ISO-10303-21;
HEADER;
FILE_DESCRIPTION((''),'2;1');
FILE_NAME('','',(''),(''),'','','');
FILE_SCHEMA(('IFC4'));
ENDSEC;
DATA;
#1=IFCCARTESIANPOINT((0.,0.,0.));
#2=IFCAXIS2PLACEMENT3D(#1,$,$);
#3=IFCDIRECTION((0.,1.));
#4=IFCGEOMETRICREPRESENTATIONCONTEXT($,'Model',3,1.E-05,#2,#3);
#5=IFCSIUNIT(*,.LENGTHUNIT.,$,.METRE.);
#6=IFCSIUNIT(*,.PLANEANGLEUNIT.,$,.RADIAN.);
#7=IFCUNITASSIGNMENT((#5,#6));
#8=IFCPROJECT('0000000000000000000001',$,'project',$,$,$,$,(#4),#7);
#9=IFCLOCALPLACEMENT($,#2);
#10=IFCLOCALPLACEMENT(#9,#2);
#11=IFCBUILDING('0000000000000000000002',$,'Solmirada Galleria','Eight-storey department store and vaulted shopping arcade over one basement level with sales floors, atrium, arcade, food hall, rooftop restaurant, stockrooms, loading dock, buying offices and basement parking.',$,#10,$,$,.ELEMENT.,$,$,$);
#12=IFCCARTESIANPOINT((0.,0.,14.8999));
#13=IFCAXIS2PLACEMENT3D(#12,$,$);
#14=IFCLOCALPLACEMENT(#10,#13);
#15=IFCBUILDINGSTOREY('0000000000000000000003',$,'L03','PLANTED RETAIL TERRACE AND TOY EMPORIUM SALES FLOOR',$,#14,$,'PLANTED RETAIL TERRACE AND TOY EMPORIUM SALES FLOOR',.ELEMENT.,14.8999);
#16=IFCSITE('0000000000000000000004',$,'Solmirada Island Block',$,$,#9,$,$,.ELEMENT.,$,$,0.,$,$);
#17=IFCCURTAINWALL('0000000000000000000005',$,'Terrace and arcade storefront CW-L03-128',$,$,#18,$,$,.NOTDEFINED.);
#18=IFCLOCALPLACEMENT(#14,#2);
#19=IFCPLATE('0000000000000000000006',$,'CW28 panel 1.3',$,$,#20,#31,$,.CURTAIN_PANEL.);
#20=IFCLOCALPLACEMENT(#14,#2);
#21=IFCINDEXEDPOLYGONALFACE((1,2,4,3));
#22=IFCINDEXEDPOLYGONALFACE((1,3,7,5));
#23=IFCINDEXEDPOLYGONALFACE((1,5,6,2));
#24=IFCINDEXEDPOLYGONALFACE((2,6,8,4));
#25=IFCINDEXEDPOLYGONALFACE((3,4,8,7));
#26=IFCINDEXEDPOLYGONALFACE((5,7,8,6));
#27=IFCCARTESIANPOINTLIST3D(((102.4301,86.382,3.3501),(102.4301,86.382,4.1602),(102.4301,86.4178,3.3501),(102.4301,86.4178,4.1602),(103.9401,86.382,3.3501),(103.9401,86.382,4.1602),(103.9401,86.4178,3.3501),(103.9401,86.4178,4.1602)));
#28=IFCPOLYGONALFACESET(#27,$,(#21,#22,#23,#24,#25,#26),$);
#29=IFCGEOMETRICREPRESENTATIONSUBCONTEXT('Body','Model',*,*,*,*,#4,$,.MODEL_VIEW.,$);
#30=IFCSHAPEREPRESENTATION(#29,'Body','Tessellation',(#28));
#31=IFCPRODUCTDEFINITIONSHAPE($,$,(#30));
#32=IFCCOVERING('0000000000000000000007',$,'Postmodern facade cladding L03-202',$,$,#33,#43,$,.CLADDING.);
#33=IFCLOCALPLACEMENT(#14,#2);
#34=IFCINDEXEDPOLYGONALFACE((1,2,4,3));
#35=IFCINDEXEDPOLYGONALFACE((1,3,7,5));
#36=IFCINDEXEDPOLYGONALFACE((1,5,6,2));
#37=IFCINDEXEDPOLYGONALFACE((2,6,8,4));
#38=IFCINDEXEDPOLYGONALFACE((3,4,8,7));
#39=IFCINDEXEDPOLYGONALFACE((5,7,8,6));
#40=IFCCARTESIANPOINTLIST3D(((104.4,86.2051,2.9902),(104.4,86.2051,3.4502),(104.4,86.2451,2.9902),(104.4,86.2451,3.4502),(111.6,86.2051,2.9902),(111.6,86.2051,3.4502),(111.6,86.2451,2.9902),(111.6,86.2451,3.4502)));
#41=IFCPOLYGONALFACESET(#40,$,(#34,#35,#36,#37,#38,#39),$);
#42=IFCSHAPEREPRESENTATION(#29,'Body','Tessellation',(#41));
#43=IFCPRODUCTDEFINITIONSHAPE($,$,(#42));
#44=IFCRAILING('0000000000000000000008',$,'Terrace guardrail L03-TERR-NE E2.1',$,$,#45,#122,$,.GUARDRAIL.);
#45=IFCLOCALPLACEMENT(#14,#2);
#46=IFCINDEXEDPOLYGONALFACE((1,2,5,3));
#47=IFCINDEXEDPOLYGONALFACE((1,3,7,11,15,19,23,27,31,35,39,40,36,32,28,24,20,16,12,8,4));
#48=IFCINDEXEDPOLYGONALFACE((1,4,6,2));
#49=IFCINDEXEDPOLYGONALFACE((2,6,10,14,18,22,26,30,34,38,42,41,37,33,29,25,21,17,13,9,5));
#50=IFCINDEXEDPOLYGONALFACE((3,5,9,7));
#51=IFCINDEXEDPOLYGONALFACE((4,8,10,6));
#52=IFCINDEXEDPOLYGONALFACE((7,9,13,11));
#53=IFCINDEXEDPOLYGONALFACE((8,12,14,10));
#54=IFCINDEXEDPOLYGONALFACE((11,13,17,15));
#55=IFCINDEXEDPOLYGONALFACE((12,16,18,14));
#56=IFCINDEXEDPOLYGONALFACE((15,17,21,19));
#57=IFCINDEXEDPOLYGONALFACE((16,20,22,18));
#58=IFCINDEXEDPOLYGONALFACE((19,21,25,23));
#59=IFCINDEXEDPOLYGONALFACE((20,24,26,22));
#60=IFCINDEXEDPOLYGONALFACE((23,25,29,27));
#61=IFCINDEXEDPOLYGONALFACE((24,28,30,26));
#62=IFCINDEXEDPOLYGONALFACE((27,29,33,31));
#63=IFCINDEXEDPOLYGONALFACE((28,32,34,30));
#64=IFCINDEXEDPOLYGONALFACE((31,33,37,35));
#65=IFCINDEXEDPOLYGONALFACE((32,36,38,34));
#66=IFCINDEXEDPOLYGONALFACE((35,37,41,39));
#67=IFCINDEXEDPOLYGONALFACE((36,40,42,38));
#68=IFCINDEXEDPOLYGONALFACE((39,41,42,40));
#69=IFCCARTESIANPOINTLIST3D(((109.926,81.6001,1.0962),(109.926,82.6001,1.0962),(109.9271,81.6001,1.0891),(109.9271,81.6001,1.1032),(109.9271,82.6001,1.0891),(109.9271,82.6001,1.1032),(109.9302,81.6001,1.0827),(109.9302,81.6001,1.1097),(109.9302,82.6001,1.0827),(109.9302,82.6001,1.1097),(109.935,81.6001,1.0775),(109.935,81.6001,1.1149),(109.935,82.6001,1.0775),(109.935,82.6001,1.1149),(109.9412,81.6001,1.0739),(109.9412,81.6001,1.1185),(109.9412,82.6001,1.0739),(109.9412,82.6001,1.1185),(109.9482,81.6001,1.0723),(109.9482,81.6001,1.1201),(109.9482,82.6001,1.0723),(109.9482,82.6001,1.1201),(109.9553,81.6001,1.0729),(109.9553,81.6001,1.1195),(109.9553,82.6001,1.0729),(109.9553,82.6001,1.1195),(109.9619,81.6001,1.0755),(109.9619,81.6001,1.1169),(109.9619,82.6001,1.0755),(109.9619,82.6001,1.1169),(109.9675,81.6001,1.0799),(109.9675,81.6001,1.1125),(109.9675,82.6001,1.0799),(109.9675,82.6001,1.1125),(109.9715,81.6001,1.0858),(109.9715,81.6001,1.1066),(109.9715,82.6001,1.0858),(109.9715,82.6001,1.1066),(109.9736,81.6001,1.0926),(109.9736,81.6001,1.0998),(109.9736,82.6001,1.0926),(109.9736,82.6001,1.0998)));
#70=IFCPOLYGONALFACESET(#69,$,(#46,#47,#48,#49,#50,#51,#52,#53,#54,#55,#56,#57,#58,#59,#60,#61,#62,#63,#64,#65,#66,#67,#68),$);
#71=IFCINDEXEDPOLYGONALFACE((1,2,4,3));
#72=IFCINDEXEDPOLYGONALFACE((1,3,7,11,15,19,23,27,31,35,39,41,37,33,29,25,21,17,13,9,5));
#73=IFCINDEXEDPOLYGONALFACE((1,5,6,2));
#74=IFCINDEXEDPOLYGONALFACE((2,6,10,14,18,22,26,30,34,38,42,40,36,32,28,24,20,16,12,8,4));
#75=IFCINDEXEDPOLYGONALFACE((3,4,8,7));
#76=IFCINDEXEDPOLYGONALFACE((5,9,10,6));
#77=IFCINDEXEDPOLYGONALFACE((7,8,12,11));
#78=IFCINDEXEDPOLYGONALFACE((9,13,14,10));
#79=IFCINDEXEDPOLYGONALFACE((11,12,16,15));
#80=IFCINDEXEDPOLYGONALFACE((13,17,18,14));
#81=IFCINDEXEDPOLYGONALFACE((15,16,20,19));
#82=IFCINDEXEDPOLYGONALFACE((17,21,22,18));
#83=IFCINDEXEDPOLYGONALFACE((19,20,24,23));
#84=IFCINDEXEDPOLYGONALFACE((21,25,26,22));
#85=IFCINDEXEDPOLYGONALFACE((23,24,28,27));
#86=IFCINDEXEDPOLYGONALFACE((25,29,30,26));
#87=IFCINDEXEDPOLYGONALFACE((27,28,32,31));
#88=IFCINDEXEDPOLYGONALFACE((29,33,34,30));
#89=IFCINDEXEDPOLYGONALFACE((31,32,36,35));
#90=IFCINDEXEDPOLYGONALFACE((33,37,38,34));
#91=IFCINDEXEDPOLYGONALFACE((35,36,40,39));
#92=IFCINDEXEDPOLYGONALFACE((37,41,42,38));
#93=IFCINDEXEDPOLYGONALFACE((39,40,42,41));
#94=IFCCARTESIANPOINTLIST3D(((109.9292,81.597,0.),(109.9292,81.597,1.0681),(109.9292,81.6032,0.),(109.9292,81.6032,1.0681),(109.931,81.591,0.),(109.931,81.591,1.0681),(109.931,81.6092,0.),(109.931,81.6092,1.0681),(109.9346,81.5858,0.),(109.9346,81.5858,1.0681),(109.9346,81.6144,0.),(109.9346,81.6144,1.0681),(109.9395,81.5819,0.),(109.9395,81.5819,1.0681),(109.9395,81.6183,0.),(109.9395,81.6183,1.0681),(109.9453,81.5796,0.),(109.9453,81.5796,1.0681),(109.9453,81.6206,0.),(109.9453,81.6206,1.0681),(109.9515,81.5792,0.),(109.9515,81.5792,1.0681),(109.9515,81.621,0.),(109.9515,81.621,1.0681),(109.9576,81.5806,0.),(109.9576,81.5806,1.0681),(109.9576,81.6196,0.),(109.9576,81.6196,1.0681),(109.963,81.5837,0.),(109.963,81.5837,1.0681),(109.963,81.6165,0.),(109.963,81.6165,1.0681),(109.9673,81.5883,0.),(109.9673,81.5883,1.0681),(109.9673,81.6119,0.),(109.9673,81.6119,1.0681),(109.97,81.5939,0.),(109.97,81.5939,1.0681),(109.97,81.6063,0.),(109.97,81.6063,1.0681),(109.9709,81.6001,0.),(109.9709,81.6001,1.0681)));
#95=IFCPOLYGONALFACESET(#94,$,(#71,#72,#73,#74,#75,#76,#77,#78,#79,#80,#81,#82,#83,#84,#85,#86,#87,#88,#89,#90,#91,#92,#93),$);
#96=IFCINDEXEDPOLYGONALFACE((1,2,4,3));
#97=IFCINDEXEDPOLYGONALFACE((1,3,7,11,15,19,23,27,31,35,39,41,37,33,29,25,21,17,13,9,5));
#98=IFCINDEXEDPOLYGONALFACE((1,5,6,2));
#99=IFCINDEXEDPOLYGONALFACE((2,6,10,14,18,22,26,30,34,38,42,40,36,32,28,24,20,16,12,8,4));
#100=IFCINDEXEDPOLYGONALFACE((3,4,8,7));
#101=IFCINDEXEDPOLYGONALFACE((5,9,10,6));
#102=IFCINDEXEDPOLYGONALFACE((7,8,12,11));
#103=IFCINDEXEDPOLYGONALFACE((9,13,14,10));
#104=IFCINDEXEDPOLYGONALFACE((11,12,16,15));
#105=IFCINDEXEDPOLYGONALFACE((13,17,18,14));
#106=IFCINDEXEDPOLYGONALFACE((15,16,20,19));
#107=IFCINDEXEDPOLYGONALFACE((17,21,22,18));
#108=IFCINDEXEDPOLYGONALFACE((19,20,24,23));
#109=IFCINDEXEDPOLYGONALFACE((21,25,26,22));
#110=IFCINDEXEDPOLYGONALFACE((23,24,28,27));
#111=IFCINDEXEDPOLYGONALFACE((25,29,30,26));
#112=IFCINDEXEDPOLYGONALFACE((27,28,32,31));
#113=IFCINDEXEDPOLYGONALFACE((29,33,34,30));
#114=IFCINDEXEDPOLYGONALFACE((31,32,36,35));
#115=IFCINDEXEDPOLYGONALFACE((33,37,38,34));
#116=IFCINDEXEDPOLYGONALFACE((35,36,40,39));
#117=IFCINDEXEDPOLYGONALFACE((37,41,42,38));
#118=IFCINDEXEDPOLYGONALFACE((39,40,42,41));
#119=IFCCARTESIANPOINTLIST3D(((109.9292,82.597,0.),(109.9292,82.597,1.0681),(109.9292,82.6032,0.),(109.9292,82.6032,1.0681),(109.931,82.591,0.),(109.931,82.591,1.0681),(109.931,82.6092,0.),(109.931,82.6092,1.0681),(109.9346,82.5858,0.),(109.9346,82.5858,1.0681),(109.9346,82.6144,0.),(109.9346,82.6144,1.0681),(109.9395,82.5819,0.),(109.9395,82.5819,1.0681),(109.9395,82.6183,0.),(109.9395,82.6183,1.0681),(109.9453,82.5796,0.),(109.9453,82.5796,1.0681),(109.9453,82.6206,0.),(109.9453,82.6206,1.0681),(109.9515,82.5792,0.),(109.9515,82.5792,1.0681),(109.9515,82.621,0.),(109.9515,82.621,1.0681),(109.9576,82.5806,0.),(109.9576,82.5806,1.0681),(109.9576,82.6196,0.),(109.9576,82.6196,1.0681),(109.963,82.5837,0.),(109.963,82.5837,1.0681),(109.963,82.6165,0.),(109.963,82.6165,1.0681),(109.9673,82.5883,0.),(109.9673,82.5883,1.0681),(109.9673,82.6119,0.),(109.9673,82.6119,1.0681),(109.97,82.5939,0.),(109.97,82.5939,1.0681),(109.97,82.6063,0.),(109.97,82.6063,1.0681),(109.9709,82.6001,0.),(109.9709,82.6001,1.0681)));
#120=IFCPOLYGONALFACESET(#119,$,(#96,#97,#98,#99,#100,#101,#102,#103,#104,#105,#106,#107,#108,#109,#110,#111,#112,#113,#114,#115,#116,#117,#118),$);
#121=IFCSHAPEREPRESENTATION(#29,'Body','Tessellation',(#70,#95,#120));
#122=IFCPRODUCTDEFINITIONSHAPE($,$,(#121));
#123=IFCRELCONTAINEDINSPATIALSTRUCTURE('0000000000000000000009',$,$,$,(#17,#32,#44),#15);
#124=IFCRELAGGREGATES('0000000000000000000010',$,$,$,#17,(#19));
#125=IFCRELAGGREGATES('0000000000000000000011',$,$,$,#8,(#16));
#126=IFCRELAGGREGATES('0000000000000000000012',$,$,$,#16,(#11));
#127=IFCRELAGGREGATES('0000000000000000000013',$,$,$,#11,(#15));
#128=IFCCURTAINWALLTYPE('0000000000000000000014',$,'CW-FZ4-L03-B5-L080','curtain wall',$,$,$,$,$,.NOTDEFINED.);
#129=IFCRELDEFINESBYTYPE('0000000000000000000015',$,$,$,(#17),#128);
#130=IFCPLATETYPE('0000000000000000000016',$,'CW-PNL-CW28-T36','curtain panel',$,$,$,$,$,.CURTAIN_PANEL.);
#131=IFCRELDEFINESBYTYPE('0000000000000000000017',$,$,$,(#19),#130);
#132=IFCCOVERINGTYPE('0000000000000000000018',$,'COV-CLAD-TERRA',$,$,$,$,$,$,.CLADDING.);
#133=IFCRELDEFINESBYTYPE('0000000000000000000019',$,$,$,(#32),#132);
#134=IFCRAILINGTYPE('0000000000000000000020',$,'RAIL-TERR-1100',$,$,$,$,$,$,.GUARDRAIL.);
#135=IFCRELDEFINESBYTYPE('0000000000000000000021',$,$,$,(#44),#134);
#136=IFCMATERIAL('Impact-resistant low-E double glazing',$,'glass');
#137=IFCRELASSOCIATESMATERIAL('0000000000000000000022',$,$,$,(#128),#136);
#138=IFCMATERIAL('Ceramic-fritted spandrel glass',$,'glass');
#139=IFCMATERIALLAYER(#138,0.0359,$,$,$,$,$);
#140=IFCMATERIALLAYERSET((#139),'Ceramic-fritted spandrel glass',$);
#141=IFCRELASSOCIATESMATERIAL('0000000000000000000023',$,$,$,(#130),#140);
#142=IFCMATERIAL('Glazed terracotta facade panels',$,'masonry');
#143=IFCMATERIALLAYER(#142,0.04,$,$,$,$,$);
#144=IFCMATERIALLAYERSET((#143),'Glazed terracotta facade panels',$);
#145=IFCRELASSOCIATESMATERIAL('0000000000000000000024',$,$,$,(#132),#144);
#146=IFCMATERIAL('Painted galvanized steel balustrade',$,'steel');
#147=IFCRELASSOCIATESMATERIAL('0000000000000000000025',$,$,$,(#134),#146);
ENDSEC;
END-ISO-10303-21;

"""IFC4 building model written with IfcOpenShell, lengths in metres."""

from ifc_helpers import new_model, si_unit, direction, frame, origin, origin_2d, place, context, subcontext, project, spatial, rectangle, circle, extrude, material, layer, layer_set, type_object, element, aggregate, save


model = new_model("IFC4")

# Units and contexts
model_context = context("Model", 3, precision=1e-05, world=origin(), true_north=direction((0.0, 1.0)))
body_context = subcontext(model_context, "Body", "Model", "MODEL_VIEW")
ifc_project = project(units=[si_unit("LENGTHUNIT", "METRE"), si_unit("PLANEANGLEUNIT", "RADIAN")], contexts=[model_context])

# Site, building, storey
site_placement = place(None, origin())
site = spatial("IfcSite", under=ifc_project, at=site_placement, Name="Solmirada Island Block", CompositionType="ELEMENT", RefElevation=0.0)
building_placement = place(site_placement, origin())
building = spatial("IfcBuilding", under=site, at=building_placement, Name="Solmirada Galleria", Description="Eight-storey department store and vaulted shopping arcade over one basement level with sales floors, atrium, arcade, food hall, rooftop restaurant, stockrooms, loading dock, buying offices and basement parking.", CompositionType="ELEMENT")
storey_placement = place(building_placement, frame((0.0, 0.0, 14.8999)))
storey = spatial("IfcBuildingStorey", under=building, at=storey_placement, Name="L03", Description="PLANTED RETAIL TERRACE AND TOY EMPORIUM SALES FLOOR", LongName="PLANTED RETAIL TERRACE AND TOY EMPORIUM SALES FLOOR", CompositionType="ELEMENT", Elevation=14.8999)

# Curtain wall
ifc_material_1 = material(Name="Impact-resistant low-E double glazing", Category="glass")
curtain_wall_type_1 = type_object("IfcCurtainWallType", Name="CW-FZ4-L03-B5-L080", Description="curtain wall", PredefinedType="NOTDEFINED", material=ifc_material_1)
curtain_wall_1_placement = place(storey_placement, origin())
curtain_wall_1 = element("IfcCurtainWall", 1, at=curtain_wall_1_placement, inside=storey, type_object=curtain_wall_type_1, Name="Terrace and arcade storefront CW-L03-128", PredefinedType="NOTDEFINED")

# Plate
ifc_material_2 = material(Name="Ceramic-fritted spandrel glass", Category="glass")
ifc_layer_1 = layer(ifc_material_2, 0.0359)
ifc_layer_set_1 = layer_set([ifc_layer_1], Name="Ceramic-fritted spandrel glass")
plate_type_1 = type_object("IfcPlateType", Name="CW-PNL-CW28-T36", Description="curtain panel", PredefinedType="CURTAIN_PANEL", material=ifc_layer_set_1)
plate_1_placement = place(storey_placement, frame((103.1851, 86.3999, 3.3501), z_axis=(0.0, 0.0, 1.0), x_axis=(-1.0, 0.0, 0.0)))
plate_1 = element("IfcPlate", 2, at=plate_1_placement, type_object=plate_type_1, Name="CW28 panel 1.3", PredefinedType="CURTAIN_PANEL", context=body_context, shape_type="SweptSolid", body=[
    extrude(rectangle(XDim=1.51, YDim=0.0359, at=origin_2d()), origin(), (0.0, 0.0, 1.0), 0.8101),
])
aggregate(curtain_wall_1, [plate_1])

# Covering
ifc_material_3 = material(Name="Glazed terracotta facade panels", Category="masonry")
ifc_layer_2 = layer(ifc_material_3, 0.04)
ifc_layer_set_2 = layer_set([ifc_layer_2], Name="Glazed terracotta facade panels")
covering_type = type_object("IfcCoveringType", Name="COV-CLAD-TERRA", PredefinedType="CLADDING", material=ifc_layer_set_2)
covering_placement = place(storey_placement, frame((108.0, 86.2251, 2.9902), z_axis=(0.0, 0.0, 1.0), x_axis=(-1.0, 0.0, 0.0)))
element("IfcCovering", 3, at=covering_placement, inside=storey, type_object=covering_type, Name="Postmodern facade cladding L03-202", PredefinedType="CLADDING", context=body_context, shape_type="SweptSolid", body=[
    extrude(rectangle(XDim=7.2, YDim=0.04, at=origin_2d()), origin(), (0.0, 0.0, 1.0), 0.46),
])

# Railing
ifc_material_4 = material(Name="Painted galvanized steel balustrade", Category="steel")
railing_type = type_object("IfcRailingType", Name="RAIL-TERR-1100", PredefinedType="GUARDRAIL", material=ifc_material_4)
railing_1_placement = place(storey_placement, frame((109.95, 81.6001, 0.0)))
element("IfcRailing", 4, at=railing_1_placement, inside=storey, type_object=railing_type, Name="Terrace guardrail L03-TERR-NE E2.1", PredefinedType="GUARDRAIL", context=body_context, shape_type="SweptSolid", body=[
    extrude(circle(Radius=0.0239, at=origin_2d()), frame((0.0, 0.0, 1.0962), z_axis=(0.0, 1.0, 0.0), x_axis=(-1.0, 0.0, 0.0)), (0.0, 0.0, 1.0), 1.0),
    extrude(circle(Radius=0.021, at=origin_2d()), origin(), (0.0, 0.0, 1.0), 1.0681),
    extrude(circle(Radius=0.021, at=origin_2d()), frame((0.0, 1.0, 0.0)), (0.0, 0.0, 1.0), 1.0681),
])

save(model, "model.ifc")
